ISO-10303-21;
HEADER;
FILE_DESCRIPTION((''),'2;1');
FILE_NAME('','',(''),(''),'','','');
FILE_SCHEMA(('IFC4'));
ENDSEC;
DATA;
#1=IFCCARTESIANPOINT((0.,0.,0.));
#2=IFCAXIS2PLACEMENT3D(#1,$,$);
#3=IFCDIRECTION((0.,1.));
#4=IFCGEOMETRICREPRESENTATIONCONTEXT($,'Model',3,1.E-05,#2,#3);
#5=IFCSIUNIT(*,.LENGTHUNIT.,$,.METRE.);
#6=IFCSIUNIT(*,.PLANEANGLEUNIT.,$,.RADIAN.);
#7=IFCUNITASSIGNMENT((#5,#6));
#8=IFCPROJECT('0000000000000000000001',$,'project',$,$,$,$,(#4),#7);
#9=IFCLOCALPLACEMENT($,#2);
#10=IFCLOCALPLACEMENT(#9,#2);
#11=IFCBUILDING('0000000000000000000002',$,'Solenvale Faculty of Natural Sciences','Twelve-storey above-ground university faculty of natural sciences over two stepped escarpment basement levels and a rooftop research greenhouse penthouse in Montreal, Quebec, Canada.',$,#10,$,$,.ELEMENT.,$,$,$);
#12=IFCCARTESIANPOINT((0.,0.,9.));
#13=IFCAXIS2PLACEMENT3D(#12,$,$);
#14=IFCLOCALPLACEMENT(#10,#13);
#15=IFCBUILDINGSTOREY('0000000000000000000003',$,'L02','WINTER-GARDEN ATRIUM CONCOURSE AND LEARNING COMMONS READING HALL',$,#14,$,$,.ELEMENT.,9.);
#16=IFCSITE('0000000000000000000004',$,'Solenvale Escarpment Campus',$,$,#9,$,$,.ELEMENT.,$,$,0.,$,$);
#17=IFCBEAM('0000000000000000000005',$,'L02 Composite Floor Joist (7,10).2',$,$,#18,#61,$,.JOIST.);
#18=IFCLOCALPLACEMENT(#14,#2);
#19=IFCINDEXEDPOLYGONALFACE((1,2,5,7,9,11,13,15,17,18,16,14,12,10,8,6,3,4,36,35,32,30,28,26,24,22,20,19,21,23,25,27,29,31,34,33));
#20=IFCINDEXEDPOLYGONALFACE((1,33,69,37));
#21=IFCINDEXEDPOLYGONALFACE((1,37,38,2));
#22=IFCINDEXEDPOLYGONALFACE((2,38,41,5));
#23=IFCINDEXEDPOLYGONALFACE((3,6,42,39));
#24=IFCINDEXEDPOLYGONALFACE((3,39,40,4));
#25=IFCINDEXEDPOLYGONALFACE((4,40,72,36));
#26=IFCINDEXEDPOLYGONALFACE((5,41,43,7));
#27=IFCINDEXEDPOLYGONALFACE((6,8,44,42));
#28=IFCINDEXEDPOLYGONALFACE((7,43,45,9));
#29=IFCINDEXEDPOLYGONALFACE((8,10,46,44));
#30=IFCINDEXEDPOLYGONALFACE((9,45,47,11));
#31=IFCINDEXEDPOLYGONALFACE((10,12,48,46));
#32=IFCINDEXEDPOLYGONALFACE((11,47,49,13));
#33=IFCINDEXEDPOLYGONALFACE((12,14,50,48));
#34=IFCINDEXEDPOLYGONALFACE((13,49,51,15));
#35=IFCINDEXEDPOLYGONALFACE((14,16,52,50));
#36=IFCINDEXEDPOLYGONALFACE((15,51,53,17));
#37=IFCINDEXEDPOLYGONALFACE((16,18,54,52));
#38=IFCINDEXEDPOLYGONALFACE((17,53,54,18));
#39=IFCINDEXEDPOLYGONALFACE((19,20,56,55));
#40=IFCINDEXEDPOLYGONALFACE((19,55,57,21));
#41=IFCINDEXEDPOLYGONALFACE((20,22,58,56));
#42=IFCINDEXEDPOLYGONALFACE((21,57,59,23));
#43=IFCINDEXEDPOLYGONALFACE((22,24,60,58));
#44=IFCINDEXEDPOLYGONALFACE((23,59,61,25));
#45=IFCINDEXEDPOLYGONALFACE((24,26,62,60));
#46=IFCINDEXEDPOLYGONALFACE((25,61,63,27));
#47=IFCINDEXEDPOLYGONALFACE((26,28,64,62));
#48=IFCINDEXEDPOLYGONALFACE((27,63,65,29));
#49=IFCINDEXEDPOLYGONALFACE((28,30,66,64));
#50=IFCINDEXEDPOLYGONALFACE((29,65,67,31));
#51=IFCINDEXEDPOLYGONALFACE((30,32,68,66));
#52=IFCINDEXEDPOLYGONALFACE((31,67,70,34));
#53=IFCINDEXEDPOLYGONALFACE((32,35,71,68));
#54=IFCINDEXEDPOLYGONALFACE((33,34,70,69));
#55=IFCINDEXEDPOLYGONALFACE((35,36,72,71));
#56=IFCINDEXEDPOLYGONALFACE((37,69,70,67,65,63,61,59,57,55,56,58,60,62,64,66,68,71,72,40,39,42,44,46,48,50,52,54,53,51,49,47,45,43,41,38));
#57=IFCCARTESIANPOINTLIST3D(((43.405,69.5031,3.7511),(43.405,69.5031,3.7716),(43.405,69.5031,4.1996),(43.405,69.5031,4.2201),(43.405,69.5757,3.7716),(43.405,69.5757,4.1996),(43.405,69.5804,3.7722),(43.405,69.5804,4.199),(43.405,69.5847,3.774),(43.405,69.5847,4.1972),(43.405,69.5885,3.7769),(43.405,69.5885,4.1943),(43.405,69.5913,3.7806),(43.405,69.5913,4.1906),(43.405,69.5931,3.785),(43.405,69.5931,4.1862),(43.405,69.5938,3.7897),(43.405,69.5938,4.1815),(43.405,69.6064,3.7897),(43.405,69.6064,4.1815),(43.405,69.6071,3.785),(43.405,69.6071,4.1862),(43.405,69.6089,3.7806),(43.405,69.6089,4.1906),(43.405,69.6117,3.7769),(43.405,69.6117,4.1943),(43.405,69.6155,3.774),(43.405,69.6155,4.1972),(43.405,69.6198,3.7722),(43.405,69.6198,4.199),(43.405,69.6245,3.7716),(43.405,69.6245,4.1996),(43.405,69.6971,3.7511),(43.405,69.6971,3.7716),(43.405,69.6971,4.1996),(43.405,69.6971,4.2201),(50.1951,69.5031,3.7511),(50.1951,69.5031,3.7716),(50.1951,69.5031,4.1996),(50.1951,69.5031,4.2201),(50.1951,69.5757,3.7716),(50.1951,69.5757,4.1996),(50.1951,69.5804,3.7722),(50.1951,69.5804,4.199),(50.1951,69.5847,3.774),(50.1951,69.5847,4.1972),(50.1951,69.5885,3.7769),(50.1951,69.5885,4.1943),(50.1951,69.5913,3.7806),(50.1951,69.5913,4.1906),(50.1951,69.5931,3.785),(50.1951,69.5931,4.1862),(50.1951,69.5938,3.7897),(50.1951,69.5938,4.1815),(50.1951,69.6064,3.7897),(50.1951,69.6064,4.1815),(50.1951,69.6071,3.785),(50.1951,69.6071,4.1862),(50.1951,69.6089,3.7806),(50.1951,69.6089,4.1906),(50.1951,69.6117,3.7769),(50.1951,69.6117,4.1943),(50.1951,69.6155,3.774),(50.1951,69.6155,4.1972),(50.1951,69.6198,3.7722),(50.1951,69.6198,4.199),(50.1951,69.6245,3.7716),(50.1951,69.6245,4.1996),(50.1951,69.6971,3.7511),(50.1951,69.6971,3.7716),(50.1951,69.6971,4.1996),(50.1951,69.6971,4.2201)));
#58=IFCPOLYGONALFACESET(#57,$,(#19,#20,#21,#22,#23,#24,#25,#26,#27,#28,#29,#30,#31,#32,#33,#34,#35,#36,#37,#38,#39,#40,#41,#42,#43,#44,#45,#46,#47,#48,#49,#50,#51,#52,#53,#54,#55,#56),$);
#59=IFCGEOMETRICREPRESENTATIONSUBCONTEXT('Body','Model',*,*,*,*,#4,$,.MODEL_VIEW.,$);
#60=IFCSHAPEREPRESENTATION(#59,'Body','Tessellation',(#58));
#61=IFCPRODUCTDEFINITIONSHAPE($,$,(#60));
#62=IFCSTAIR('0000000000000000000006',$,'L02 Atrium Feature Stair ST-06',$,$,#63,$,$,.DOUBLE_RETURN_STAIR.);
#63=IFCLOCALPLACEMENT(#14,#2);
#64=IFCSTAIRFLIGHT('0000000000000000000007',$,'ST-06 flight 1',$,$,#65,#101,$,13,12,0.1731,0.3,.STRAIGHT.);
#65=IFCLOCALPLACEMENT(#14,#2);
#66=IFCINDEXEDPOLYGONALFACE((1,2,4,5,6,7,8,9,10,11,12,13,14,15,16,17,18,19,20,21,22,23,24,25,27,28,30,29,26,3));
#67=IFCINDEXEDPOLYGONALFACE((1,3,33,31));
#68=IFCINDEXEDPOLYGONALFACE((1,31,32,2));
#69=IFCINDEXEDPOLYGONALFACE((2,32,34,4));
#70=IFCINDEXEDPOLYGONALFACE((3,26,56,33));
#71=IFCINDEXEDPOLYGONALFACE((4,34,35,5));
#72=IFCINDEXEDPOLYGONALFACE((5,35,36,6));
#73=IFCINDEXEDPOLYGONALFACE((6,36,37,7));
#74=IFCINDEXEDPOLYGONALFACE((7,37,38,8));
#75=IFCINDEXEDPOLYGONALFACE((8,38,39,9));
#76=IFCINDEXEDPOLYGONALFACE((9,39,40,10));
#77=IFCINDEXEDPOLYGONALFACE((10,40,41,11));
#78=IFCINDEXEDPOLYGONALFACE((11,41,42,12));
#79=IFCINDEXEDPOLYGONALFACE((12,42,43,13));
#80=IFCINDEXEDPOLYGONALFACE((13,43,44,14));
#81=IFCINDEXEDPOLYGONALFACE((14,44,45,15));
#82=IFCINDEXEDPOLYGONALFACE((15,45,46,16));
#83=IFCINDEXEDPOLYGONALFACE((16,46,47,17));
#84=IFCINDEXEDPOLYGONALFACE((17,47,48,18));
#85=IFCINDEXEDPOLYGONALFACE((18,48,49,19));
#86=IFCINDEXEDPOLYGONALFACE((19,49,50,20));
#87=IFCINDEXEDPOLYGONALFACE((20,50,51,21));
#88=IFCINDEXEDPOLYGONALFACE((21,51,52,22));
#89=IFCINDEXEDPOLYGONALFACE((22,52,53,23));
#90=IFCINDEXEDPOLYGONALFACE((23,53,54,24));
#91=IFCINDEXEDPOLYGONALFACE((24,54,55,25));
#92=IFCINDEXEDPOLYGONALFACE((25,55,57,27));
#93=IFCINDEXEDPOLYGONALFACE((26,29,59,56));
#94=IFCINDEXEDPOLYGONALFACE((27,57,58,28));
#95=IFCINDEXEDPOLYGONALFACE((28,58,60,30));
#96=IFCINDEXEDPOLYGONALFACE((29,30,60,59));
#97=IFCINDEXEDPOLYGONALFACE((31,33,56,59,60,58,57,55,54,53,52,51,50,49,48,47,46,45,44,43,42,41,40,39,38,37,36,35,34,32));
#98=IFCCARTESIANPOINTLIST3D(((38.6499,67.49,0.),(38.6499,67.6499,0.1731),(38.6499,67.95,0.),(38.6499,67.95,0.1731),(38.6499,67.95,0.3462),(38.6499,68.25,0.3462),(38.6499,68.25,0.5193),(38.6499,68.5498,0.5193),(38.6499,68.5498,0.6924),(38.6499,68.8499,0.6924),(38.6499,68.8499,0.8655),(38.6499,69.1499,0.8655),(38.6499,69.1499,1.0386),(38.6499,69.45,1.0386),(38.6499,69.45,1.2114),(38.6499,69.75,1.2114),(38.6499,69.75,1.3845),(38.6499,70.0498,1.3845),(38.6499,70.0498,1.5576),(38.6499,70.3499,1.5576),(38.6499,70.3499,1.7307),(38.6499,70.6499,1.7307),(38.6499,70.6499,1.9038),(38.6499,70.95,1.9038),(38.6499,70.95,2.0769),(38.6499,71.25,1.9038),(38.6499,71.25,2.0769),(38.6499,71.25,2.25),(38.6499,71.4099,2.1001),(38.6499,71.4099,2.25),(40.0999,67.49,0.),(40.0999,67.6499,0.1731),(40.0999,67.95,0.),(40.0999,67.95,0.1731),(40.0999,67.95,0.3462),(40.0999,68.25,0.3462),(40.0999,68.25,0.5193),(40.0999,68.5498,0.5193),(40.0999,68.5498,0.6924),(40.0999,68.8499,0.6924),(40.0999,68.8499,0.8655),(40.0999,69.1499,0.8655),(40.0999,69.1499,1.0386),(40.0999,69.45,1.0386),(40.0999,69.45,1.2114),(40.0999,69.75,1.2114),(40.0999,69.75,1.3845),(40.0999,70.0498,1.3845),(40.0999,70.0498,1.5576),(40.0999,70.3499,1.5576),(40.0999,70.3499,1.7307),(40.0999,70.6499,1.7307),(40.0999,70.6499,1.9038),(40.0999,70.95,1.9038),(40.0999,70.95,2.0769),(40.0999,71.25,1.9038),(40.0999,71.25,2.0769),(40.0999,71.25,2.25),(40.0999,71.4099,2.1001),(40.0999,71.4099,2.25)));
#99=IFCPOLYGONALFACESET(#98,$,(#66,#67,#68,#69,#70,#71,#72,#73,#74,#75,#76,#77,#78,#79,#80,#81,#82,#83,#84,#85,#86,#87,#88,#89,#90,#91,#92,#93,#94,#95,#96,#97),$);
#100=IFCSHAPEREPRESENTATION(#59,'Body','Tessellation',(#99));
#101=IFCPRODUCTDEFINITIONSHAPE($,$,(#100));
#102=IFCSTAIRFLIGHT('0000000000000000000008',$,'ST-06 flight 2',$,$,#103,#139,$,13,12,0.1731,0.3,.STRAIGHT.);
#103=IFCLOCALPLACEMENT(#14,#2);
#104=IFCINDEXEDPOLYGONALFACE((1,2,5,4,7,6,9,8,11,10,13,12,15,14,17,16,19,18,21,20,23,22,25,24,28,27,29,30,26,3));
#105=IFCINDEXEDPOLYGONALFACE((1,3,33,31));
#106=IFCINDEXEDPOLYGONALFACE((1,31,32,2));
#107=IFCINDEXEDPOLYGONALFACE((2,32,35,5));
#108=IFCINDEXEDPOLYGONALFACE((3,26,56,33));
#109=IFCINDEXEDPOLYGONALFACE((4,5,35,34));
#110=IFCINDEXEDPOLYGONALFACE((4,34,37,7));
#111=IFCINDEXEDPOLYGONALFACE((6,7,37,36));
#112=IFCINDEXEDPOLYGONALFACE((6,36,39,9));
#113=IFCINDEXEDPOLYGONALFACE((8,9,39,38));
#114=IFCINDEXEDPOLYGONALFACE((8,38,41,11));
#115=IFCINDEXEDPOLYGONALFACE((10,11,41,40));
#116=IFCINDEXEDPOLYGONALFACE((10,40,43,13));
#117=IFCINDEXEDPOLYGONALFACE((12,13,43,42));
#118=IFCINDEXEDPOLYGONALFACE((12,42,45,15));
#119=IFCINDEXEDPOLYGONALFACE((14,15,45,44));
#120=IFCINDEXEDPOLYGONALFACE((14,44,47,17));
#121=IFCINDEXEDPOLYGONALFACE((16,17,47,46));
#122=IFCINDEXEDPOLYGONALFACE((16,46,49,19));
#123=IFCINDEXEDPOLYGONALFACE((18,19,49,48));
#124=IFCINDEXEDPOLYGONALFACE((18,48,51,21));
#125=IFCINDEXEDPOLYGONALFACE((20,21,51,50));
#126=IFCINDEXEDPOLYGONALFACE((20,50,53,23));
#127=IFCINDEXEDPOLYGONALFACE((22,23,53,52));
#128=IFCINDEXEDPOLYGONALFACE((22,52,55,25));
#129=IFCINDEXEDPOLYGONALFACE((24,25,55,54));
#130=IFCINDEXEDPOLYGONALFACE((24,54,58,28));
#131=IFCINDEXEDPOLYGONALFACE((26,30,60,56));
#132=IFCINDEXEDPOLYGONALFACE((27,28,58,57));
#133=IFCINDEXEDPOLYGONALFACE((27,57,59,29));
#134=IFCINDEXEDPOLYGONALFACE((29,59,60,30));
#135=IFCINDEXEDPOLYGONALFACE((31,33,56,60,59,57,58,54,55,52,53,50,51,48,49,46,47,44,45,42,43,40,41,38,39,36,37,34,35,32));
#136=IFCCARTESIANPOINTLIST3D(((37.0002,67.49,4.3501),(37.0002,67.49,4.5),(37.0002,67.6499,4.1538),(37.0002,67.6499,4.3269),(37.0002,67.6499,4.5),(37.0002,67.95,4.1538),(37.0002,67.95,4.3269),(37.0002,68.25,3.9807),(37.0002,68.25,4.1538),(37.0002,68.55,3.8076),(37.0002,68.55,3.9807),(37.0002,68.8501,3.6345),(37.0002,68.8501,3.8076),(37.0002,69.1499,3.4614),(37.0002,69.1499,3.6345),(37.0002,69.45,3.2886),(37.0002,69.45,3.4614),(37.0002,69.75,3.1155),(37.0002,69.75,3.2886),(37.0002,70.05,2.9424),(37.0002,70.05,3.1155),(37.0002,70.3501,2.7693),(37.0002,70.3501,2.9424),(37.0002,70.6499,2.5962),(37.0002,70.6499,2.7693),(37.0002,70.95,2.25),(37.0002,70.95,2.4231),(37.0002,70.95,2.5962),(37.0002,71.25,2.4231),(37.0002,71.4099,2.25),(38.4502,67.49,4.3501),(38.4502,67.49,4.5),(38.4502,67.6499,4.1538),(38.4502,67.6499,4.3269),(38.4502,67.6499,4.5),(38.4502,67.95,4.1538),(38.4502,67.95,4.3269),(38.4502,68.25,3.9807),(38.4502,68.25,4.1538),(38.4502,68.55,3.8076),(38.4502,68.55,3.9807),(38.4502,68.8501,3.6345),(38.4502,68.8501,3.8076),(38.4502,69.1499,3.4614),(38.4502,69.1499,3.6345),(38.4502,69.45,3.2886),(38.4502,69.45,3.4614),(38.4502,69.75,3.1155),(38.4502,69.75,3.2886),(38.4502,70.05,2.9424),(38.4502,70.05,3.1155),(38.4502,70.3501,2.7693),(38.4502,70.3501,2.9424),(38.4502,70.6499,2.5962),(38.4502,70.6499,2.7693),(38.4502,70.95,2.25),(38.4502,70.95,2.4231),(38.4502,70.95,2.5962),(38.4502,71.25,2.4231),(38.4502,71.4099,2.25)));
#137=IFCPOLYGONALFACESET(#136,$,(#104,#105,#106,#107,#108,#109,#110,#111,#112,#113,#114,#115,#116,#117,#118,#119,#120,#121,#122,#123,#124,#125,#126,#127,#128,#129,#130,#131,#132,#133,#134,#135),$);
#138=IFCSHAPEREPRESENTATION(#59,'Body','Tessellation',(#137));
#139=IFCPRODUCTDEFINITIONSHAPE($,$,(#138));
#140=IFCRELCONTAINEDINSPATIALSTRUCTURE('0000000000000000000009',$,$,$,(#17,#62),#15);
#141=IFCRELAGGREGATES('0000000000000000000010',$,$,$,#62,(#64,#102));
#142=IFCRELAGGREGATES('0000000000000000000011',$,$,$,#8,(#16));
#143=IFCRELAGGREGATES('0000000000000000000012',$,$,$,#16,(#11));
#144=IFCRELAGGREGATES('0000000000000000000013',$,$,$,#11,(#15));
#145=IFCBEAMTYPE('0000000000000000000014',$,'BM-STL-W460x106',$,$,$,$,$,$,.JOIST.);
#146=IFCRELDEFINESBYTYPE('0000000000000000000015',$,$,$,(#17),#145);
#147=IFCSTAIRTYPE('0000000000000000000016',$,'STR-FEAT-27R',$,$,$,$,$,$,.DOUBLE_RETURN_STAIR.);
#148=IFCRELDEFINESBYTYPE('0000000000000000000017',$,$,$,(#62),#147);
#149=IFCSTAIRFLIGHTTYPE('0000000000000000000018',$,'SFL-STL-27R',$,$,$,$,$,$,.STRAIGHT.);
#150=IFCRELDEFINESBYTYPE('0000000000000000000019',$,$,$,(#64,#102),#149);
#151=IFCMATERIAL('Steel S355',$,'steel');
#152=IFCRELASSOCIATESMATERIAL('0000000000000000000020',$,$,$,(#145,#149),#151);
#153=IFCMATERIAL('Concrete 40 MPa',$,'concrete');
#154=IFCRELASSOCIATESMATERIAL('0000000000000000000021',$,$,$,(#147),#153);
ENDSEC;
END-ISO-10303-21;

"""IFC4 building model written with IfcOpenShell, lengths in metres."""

from ifc_helpers import new_model, si_unit, direction, frame, origin, origin_2d, place, context, subcontext, project, spatial, polyline, i_section, outline, extrude, material, material_profile, profile_set, type_object, element, aggregate, save


model = new_model("IFC4")

# Units and contexts
model_context = context("Model", 3, precision=1e-05, world=origin(), true_north=direction((0.0, 1.0)))
body_context = subcontext(model_context, "Body", "Model", "MODEL_VIEW")
ifc_project = project(units=[si_unit("LENGTHUNIT", "METRE"), si_unit("PLANEANGLEUNIT", "RADIAN")], contexts=[model_context])

# Site, building, storey
site_placement = place(None, origin())
site = spatial("IfcSite", under=ifc_project, at=site_placement, Name="Solenvale Escarpment Campus", CompositionType="ELEMENT", RefElevation=0.0)
building_placement = place(site_placement, origin())
building = spatial("IfcBuilding", under=site, at=building_placement, Name="Solenvale Faculty of Natural Sciences", Description="Twelve-storey above-ground university faculty of natural sciences over two stepped escarpment basement levels and a rooftop research greenhouse penthouse in Montreal, Quebec, Canada.", CompositionType="ELEMENT")
storey_placement = place(building_placement, frame((0.0, 0.0, 9.0)))
storey = spatial("IfcBuildingStorey", under=building, at=storey_placement, Name="L02", Description="WINTER-GARDEN ATRIUM CONCOURSE AND LEARNING COMMONS READING HALL", CompositionType="ELEMENT", Elevation=9.0)

# Beam
ifc_material_1 = material(Name="Concrete 40 MPa", Category="concrete")
ifc_material_2 = material(Name="Steel S355", Category="steel")
ifc_material_profile_1 = material_profile(ifc_material_2, i_section(OverallWidth=0.1941, OverallDepth=0.469, WebThickness=0.0127, FlangeThickness=0.0205, FilletRadius=0.0181, at=origin_2d()), Name="W460x106")
ifc_profile_set_1 = profile_set([ifc_material_profile_1], Name="Steel S355")
beam_type_1 = type_object("IfcBeamType", Name="BM-STL-W460x106", PredefinedType="JOIST", material=ifc_profile_set_1)
for number, where, z_axis, x_axis, name in (
    (1, (43.405, 69.6001, 3.9856), (1.0, 0.0, 0.0), (0.0, 1.0, 0.0), "L02 Composite Floor Joist (7,10).2"),
):
    element("IfcBeam", number, at=place(storey_placement, frame(where, z_axis=z_axis, x_axis=x_axis)), inside=storey, type_object=beam_type_1, Name=name, PredefinedType="JOIST", context=body_context, shape_type="SweptSolid", body=[
        extrude(i_section(OverallWidth=0.1941, OverallDepth=0.469, WebThickness=0.0127, FlangeThickness=0.0205, FilletRadius=0.0181, at=origin_2d()), origin(), (0.0, 0.0, 1.0), 6.79),
    ])

# Stair, stair flights
stair_type = type_object("IfcStairType", Name="STR-FEAT-27R", PredefinedType="DOUBLE_RETURN_STAIR", material=ifc_material_1)
stair_placement = place(storey_placement, origin())
stair = element("IfcStair", 2, at=stair_placement, inside=storey, type_object=stair_type, Name="L02 Atrium Feature Stair ST-06", PredefinedType="DOUBLE_RETURN_STAIR")
stair_flight_type = type_object("IfcStairFlightType", Name="SFL-STL-27R", PredefinedType="STRAIGHT", material=ifc_material_2)
stair_flight_1_placement = place(storey_placement, frame((39.375, 67.6499, 0.0), z_axis=(0.0, 0.0, 1.0), x_axis=(0.0, 1.0, 0.0)))
stair_flight_1 = element("IfcStairFlight", 3, at=stair_flight_1_placement, type_object=stair_flight_type, Name="ST-06 flight 1", NumberOfRisers=13, NumberOfTreads=12, PredefinedType="STRAIGHT", RiserHeight=0.1731, TreadLength=0.3, context=body_context, shape_type="SweptSolid", body=[
    extrude(outline(polyline([(-0.1599, 0.0), (0.0, 0.1731), (0.3, 0.1731), (0.3, 0.3462), (0.6001, 0.3462), (0.6001, 0.5193), (0.8999, 0.5193), (0.8999, 0.6924), (1.2, 0.6924), (1.2, 0.8655), (1.5, 0.8655), (1.5, 1.0386), (1.8, 1.0386), (1.8, 1.2114), (2.1001, 1.2114), (2.1001, 1.3845), (2.3999, 1.3845), (2.3999, 1.5576), (2.7, 1.5576), (2.7, 1.7307), (3.0, 1.7307), (3.0, 1.9038), (3.3, 1.9038), (3.3, 2.0769), (3.6001, 2.0769), (3.6001, 2.25), (3.76, 2.25), (3.76, 2.1001), (3.6001, 1.9038), (0.3, 0.0), (-0.1599, 0.0)])), frame((0.0, 0.7251, 0.0), z_axis=(0.0, -1.0, 0.0), x_axis=(1.0, 0.0, 0.0)), (0.0, 0.0, 1.0), 1.45),
])
stair_flight_2_placement = place(storey_placement, frame((37.7251, 71.25, 2.25), z_axis=(0.0, 0.0, 1.0), x_axis=(0.0, -1.0, 0.0)))
stair_flight_2 = element("IfcStairFlight", 4, at=stair_flight_2_placement, type_object=stair_flight_type, Name="ST-06 flight 2", NumberOfRisers=13, NumberOfTreads=12, PredefinedType="STRAIGHT", RiserHeight=0.1731, TreadLength=0.3, context=body_context, shape_type="SweptSolid", body=[
    extrude(outline(polyline([(-0.1599, 0.0), (0.0, 0.1731), (0.3, 0.1731), (0.3, 0.3462), (0.6001, 0.3462), (0.6001, 0.5193), (0.8999, 0.5193), (0.8999, 0.6924), (1.2, 0.6924), (1.2, 0.8655), (1.5, 0.8655), (1.5, 1.0386), (1.8, 1.0386), (1.8, 1.2114), (2.1001, 1.2114), (2.1001, 1.3845), (2.3999, 1.3845), (2.3999, 1.5576), (2.7, 1.5576), (2.7, 1.7307), (3.0, 1.7307), (3.0, 1.9038), (3.3, 1.9038), (3.3, 2.0769), (3.6001, 2.0769), (3.6001, 2.25), (3.76, 2.25), (3.76, 2.1001), (3.6001, 1.9038), (0.3, 0.0), (-0.1599, 0.0)])), frame((0.0, 0.7251, 0.0), z_axis=(0.0, -1.0, 0.0), x_axis=(1.0, 0.0, 0.0)), (0.0, 0.0, 1.0), 1.45),
])
aggregate(stair, [stair_flight_1, stair_flight_2])

save(model, "model.ifc")
